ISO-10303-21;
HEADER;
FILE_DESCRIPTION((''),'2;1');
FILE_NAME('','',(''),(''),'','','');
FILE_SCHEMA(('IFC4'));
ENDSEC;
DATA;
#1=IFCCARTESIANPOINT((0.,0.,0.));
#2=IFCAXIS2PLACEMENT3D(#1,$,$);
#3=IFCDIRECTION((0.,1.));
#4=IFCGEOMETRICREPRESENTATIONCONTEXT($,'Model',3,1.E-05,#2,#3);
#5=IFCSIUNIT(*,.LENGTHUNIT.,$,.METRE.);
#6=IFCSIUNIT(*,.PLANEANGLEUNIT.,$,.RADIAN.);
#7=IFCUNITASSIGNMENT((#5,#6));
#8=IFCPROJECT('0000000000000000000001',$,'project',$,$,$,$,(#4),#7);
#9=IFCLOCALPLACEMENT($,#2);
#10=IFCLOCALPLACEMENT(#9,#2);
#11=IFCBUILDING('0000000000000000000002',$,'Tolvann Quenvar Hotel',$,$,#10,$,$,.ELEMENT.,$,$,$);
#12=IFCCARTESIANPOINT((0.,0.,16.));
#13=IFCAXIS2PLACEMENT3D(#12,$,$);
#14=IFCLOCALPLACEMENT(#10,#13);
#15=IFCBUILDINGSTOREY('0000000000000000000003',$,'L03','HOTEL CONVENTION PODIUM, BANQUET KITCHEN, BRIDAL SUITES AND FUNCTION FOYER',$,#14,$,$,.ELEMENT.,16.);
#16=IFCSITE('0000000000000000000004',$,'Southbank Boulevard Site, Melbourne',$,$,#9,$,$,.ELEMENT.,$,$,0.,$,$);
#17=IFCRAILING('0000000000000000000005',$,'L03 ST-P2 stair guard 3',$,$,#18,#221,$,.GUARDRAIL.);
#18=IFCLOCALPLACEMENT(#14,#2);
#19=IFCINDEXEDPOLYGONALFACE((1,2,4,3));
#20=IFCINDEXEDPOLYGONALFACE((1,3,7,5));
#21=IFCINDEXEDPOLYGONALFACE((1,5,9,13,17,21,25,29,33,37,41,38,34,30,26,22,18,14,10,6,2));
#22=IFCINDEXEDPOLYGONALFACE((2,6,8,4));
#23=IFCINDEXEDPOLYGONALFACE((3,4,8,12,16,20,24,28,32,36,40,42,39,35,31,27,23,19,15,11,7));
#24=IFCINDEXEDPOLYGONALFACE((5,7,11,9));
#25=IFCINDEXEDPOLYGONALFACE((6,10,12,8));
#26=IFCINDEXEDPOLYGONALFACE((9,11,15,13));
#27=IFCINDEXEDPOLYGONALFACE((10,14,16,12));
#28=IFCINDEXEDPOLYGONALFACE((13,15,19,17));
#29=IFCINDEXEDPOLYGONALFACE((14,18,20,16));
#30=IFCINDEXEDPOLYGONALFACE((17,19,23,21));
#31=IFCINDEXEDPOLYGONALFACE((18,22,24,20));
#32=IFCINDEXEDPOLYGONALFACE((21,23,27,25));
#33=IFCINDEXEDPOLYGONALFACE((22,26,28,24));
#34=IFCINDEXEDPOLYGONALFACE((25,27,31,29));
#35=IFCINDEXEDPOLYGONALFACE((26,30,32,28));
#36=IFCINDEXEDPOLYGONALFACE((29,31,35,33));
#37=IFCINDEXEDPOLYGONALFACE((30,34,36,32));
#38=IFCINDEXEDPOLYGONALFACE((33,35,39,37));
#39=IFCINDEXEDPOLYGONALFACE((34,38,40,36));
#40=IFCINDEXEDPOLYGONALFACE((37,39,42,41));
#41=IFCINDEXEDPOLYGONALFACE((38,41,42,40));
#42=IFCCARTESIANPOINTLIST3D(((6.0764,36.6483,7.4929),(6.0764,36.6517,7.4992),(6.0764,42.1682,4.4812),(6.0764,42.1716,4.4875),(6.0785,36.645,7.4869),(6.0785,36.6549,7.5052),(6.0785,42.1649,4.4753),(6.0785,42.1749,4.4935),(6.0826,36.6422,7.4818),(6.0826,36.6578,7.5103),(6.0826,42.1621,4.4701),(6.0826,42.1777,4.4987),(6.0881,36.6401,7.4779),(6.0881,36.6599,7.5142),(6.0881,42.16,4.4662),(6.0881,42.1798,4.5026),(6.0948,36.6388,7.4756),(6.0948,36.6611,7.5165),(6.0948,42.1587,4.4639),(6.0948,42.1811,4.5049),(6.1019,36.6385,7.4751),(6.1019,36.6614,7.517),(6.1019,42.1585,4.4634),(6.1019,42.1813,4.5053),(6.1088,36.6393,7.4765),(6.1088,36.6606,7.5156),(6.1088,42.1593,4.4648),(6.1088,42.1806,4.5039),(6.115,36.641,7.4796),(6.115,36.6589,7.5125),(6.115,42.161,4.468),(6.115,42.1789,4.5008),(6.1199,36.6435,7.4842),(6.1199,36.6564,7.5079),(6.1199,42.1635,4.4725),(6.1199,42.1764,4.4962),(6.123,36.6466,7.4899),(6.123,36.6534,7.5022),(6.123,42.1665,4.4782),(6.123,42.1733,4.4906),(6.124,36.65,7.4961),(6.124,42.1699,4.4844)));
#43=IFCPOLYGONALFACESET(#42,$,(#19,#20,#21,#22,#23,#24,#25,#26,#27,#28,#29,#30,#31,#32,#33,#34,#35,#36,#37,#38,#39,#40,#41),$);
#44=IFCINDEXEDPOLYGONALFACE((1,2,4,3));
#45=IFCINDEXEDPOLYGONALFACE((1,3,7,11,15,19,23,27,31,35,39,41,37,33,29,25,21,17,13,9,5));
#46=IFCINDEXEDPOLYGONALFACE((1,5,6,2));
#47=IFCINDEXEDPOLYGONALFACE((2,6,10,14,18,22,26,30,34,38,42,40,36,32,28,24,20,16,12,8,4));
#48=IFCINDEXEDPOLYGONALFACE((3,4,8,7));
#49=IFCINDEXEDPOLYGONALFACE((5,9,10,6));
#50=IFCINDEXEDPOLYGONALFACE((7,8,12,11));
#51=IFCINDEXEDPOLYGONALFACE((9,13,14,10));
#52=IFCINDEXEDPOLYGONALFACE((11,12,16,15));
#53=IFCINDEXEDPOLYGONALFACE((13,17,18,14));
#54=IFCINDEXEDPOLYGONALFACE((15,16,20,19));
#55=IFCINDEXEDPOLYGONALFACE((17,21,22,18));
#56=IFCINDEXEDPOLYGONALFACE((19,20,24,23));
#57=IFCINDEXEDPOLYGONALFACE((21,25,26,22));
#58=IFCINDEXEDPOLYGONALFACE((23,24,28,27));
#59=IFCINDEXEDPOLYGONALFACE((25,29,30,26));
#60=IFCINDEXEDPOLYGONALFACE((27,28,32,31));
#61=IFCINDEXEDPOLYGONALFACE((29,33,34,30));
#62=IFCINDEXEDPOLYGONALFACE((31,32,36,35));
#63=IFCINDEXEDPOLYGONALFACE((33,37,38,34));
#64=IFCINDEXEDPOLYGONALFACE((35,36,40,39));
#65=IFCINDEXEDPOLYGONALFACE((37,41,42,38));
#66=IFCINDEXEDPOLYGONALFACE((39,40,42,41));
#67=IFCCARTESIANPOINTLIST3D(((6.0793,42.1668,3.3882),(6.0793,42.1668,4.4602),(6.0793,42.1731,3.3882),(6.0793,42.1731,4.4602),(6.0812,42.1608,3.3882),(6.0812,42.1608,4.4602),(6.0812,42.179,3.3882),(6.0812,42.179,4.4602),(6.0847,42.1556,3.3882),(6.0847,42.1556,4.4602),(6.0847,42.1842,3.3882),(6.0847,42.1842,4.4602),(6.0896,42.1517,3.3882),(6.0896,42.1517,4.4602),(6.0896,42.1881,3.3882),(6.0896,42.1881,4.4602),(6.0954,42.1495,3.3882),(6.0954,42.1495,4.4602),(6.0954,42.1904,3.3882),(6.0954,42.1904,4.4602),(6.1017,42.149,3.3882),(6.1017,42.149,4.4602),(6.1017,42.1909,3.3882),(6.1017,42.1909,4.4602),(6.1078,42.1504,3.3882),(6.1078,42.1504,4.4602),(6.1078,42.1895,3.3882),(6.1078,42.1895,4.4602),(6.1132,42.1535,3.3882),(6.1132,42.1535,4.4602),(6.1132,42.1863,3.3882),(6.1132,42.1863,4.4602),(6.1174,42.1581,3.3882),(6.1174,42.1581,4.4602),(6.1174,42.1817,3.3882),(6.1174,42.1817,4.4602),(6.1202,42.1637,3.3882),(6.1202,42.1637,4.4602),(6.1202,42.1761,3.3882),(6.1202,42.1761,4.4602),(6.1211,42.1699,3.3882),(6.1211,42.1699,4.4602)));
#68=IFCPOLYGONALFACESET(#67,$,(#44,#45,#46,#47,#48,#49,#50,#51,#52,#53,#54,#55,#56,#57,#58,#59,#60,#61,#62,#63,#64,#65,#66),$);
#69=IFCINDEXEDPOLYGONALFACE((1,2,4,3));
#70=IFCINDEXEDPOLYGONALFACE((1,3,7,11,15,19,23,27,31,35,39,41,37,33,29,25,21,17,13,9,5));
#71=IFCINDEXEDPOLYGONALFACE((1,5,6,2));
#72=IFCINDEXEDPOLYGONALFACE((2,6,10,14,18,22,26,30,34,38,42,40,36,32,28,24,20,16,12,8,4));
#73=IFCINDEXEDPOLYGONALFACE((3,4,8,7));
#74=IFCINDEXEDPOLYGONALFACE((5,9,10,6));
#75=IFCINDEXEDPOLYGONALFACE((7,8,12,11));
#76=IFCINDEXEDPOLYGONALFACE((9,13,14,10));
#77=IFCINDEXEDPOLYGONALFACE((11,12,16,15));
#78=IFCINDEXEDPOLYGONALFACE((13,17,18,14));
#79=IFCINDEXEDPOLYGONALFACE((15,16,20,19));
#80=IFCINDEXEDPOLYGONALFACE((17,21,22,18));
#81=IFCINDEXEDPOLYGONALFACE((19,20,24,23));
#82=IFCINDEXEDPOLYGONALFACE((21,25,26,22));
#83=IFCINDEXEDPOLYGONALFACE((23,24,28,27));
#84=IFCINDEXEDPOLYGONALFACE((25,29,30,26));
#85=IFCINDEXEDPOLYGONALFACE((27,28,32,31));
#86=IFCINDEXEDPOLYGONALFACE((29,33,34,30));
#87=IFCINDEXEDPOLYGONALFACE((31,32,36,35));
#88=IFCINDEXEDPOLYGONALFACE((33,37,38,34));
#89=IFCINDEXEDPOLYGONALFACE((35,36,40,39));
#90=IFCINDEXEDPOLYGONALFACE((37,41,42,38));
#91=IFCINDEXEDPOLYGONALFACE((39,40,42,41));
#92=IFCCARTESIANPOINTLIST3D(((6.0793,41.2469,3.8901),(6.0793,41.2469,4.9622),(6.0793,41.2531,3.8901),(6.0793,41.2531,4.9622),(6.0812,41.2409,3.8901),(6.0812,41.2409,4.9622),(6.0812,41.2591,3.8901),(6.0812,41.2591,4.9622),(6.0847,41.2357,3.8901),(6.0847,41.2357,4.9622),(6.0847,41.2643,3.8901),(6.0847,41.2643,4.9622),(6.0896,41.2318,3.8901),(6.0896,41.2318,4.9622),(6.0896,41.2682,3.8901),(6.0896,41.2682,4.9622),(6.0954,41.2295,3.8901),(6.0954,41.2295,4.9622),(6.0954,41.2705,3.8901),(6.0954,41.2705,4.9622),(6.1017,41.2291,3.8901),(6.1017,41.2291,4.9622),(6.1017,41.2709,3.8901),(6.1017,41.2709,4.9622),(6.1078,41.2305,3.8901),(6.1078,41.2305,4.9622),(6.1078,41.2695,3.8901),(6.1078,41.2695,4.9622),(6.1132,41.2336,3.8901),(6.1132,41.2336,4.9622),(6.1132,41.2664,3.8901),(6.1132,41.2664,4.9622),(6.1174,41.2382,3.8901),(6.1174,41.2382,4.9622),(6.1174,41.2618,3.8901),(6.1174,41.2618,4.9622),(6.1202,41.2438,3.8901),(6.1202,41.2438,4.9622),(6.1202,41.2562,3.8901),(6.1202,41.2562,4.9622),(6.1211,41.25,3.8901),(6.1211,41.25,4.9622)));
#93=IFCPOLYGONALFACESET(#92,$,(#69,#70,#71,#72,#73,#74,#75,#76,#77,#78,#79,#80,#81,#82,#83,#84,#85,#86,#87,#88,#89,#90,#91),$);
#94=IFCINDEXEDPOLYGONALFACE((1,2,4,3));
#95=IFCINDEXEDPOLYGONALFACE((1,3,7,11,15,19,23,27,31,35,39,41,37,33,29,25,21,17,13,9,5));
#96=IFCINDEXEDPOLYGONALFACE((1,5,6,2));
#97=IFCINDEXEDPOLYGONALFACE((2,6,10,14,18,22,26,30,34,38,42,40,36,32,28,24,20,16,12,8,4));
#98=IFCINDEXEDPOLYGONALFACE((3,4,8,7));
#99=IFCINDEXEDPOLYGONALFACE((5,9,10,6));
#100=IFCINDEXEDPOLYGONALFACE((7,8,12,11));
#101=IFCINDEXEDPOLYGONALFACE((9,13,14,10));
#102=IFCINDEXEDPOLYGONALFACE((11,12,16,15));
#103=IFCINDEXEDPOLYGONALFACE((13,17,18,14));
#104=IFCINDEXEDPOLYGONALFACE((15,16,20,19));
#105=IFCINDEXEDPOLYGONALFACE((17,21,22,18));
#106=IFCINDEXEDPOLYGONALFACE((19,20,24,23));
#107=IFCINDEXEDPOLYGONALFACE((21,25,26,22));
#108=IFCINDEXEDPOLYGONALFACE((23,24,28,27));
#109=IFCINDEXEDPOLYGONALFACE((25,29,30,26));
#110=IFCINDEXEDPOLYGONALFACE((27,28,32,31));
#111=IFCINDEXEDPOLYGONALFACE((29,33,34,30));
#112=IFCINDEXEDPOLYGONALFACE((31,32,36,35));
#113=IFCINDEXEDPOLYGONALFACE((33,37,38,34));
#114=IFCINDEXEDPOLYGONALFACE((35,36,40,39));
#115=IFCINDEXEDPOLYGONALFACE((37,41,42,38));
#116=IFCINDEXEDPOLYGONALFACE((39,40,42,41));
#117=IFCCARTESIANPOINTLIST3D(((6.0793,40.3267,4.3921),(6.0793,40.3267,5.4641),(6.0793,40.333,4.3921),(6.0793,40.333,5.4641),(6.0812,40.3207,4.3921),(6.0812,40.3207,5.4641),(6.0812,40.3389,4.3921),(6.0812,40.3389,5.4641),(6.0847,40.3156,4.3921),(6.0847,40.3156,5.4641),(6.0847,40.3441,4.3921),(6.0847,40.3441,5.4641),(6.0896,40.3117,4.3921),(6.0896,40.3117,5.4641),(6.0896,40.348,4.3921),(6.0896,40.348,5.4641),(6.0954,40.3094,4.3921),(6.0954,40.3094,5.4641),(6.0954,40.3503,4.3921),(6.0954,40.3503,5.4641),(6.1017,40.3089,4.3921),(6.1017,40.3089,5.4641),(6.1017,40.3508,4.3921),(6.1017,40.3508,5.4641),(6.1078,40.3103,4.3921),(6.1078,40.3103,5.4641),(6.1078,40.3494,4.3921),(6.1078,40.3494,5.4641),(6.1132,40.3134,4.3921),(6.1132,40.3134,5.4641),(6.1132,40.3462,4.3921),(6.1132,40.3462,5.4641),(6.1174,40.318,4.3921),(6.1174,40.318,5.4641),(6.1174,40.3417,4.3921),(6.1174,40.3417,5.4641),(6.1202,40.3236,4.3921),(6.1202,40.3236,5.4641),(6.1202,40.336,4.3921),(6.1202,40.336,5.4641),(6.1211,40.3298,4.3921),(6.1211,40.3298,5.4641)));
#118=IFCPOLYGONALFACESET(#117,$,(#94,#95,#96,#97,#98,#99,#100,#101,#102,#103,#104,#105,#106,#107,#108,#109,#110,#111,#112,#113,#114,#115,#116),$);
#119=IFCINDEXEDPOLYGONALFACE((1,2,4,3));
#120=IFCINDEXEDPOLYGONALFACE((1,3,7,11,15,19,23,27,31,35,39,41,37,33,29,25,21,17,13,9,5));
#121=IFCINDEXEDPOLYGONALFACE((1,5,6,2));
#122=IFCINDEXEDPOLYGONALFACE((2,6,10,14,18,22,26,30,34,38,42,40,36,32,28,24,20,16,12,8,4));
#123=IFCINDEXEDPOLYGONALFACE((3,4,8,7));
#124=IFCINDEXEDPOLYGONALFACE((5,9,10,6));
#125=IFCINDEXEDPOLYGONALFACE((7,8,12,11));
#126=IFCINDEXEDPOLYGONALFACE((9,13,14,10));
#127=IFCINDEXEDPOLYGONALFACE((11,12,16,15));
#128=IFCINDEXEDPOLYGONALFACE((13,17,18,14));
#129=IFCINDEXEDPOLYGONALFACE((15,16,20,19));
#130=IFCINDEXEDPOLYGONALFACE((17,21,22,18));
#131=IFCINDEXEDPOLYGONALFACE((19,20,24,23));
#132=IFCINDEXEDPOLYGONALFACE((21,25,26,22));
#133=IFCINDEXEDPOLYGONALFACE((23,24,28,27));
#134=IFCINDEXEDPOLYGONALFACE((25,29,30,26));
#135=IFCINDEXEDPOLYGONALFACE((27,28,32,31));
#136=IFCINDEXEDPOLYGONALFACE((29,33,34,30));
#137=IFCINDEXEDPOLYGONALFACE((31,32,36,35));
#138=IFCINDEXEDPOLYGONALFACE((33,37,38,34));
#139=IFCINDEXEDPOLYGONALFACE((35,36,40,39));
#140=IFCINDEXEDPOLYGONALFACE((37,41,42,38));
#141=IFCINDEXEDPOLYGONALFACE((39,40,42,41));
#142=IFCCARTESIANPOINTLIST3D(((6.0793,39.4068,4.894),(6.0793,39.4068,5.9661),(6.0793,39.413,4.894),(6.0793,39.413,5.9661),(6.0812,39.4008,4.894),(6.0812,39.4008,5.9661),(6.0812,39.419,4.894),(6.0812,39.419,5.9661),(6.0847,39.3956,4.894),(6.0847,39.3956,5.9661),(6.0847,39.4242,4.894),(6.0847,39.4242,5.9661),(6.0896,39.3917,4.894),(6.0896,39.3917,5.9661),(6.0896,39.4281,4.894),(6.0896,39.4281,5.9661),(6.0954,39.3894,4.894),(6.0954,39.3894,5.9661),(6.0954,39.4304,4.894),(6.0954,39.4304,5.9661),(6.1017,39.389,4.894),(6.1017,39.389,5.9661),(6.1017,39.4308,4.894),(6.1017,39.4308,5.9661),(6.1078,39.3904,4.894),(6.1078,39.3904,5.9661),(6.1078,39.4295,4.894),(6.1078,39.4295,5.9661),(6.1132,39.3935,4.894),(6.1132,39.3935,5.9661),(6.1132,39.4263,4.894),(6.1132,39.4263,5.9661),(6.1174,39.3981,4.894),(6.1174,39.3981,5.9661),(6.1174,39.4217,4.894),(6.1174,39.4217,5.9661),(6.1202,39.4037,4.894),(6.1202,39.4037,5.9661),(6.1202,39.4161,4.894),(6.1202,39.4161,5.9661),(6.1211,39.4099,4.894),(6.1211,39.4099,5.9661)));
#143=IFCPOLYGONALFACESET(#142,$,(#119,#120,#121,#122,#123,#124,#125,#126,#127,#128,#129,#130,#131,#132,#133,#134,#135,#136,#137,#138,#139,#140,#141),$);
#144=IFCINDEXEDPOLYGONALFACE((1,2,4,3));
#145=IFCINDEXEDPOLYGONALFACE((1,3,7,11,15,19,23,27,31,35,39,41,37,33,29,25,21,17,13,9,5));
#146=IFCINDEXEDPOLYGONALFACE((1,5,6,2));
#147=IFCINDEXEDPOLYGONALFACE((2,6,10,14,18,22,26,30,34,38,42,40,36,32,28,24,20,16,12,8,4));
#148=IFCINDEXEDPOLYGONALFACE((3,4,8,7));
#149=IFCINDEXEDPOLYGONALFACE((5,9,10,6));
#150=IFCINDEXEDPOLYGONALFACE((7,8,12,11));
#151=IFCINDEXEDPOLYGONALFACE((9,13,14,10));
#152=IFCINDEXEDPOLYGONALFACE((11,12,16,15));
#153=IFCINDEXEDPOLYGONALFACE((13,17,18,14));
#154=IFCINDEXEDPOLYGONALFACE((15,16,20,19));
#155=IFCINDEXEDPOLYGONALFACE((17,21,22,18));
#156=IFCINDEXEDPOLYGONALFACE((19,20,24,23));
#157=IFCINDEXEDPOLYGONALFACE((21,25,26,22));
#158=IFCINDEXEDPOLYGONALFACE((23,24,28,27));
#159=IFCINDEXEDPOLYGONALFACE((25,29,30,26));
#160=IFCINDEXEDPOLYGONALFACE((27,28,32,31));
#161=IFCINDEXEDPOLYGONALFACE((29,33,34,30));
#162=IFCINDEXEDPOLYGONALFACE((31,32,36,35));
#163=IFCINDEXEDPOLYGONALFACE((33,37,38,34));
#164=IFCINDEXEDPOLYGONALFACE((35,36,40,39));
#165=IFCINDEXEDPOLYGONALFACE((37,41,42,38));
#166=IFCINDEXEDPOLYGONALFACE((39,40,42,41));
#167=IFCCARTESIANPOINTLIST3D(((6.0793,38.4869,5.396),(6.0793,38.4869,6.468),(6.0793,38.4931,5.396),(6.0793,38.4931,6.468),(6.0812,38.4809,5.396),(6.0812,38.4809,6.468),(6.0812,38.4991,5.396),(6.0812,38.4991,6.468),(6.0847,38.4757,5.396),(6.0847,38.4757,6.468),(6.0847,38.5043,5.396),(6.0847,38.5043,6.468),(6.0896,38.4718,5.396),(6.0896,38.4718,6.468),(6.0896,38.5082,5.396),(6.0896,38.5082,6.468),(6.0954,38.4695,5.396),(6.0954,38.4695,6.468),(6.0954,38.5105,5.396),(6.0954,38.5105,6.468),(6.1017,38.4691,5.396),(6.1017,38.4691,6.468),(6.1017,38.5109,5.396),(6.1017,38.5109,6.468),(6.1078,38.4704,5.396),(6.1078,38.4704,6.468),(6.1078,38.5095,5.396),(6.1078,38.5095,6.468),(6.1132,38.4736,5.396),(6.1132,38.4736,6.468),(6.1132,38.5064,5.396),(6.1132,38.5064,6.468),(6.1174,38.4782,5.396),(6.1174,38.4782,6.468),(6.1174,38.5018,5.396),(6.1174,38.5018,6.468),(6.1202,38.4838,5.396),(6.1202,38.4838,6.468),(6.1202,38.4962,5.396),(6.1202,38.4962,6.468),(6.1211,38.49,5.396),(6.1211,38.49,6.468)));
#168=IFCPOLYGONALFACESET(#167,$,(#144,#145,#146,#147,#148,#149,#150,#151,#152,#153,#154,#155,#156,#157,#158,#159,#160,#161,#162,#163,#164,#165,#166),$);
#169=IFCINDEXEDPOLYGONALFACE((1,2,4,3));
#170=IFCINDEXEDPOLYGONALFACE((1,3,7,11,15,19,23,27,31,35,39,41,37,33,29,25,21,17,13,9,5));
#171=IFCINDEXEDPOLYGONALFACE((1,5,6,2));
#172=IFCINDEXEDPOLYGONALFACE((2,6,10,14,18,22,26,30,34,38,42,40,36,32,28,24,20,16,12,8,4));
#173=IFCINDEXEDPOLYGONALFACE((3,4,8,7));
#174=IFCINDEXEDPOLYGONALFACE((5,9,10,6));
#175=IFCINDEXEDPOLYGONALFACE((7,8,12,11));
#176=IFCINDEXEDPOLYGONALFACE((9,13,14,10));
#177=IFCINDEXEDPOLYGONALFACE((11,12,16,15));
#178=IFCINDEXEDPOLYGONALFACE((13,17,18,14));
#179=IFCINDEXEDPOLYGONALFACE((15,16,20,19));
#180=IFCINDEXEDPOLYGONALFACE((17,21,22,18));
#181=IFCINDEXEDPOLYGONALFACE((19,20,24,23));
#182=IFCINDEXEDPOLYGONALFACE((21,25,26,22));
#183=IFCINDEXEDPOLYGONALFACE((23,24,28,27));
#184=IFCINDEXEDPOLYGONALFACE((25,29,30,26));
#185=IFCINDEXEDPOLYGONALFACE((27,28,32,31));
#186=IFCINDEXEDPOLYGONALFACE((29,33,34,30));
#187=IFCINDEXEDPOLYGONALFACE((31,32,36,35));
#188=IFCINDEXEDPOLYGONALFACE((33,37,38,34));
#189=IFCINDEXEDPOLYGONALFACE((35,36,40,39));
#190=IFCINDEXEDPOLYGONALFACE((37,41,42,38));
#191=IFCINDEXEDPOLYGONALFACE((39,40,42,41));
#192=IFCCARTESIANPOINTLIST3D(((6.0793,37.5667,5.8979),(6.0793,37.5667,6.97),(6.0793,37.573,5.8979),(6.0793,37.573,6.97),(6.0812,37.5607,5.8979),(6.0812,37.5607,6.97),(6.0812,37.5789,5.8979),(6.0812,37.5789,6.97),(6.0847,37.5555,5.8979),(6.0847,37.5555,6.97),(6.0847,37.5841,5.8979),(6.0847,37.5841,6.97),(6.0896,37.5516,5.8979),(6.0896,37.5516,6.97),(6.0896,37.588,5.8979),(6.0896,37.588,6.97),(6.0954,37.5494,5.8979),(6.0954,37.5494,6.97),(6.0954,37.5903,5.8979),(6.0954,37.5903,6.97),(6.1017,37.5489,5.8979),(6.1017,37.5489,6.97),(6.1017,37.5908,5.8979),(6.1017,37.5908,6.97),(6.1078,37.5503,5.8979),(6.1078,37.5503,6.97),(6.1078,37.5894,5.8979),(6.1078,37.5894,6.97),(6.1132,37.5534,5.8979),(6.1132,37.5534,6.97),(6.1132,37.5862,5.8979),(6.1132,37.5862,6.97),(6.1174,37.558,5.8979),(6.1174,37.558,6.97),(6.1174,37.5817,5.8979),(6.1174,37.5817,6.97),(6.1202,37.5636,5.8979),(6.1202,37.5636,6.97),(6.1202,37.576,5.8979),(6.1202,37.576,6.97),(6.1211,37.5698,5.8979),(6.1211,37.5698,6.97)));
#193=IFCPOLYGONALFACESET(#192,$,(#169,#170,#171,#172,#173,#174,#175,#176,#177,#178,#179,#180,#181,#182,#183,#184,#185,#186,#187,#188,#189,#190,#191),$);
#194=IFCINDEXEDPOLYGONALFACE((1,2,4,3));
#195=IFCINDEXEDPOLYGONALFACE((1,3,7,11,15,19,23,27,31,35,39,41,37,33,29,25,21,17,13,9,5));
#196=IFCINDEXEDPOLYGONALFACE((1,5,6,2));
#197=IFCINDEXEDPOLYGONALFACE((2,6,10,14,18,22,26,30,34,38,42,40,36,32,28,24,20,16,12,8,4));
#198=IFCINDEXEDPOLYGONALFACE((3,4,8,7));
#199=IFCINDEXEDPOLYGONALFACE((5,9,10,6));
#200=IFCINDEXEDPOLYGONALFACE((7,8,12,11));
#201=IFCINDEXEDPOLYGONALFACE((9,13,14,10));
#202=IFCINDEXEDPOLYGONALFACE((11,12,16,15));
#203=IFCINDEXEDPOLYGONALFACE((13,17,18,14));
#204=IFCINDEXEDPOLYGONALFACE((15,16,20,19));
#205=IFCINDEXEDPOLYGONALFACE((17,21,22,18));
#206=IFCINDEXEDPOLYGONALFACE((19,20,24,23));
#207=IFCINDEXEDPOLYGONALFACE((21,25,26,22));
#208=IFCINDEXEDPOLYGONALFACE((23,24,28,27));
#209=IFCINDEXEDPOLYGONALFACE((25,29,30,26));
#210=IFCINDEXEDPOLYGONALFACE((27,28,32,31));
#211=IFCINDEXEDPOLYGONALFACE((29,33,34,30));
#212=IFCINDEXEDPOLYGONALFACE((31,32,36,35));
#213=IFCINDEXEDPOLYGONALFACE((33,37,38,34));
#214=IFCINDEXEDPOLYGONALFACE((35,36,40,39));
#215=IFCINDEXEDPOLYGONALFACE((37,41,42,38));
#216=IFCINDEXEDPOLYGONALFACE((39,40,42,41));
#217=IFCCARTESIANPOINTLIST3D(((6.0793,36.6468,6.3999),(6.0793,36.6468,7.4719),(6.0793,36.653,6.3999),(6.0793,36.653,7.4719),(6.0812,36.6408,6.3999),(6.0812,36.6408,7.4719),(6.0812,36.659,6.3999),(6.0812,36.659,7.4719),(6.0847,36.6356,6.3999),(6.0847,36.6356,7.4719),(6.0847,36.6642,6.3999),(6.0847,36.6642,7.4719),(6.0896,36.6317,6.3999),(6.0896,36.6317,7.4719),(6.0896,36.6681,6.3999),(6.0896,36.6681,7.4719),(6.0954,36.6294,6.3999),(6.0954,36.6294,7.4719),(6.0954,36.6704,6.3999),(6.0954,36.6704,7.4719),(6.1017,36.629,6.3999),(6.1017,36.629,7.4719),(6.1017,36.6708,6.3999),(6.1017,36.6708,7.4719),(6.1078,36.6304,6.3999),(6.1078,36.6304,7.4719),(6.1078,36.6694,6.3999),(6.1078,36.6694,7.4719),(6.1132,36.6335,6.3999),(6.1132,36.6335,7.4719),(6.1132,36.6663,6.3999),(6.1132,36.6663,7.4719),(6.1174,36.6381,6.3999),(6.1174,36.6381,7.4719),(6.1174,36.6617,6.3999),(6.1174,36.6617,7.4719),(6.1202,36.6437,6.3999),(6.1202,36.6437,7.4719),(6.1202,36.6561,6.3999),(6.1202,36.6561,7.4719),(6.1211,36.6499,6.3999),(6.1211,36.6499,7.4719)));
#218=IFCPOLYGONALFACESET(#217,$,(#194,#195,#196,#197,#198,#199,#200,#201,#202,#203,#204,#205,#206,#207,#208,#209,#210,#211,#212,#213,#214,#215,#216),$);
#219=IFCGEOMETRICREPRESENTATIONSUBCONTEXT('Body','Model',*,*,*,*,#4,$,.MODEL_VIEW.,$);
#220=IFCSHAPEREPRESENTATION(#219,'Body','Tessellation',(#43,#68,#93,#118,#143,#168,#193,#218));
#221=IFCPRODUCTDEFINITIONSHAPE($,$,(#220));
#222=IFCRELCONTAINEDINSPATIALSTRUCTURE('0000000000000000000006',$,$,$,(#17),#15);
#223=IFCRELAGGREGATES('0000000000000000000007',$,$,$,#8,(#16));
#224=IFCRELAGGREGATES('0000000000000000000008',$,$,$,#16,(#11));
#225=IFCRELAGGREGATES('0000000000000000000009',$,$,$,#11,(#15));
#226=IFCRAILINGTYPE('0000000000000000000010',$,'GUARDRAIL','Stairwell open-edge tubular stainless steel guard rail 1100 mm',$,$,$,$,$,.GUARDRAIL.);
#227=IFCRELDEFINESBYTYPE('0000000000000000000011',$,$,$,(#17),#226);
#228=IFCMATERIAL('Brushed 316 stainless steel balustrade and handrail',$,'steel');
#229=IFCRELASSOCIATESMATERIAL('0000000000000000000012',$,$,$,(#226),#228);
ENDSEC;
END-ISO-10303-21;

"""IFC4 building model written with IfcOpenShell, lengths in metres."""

from ifc_helpers import new_model, si_unit, direction, frame, origin, origin_2d, place, context, subcontext, project, spatial, circle, extrude, material, type_object, element, save


model = new_model("IFC4")

# Units and contexts
model_context = context("Model", 3, precision=1e-05, world=origin(), true_north=direction((0.0, 1.0)))
body_context = subcontext(model_context, "Body", "Model", "MODEL_VIEW")
ifc_project = project(units=[si_unit("LENGTHUNIT", "METRE"), si_unit("PLANEANGLEUNIT", "RADIAN")], contexts=[model_context])

# Site, building, storey
site_placement = place(None, origin())
site = spatial("IfcSite", under=ifc_project, at=site_placement, Name="Southbank Boulevard Site, Melbourne", CompositionType="ELEMENT", RefElevation=0.0)
building_placement = place(site_placement, origin())
building = spatial("IfcBuilding", under=site, at=building_placement, Name="Tolvann Quenvar Hotel", CompositionType="ELEMENT")
storey_placement = place(building_placement, frame((0.0, 0.0, 16.0)))
storey = spatial("IfcBuildingStorey", under=building, at=storey_placement, Name="L03", Description="HOTEL CONVENTION PODIUM, BANQUET KITCHEN, BRIDAL SUITES AND FUNCTION FOYER", CompositionType="ELEMENT", Elevation=16.0)

# Railing
ifc_material_1 = material(Name="Brushed 316 stainless steel balustrade and handrail", Category="steel")
railing_type_1 = type_object("IfcRailingType", Name="GUARDRAIL", Description="Stairwell open-edge tubular stainless steel guard rail 1100 mm", PredefinedType="GUARDRAIL", material=ifc_material_1)
railing_1_placement = place(storey_placement, frame((6.1001, 42.1699, 3.3882)))
element("IfcRailing", 1, at=railing_1_placement, inside=storey, type_object=railing_type_1, Name="L03 ST-P2 stair guard 3", PredefinedType="GUARDRAIL", context=body_context, shape_type="SweptSolid", body=[
    extrude(circle(Radius=0.0239, at=origin_2d()), frame((0.0, 0.0, 1.0962), z_axis=(0.0, -0.877842, 0.47895), x_axis=(1.0, 0.0, 0.0)), (0.0, 0.0, 1.0), 6.2881),
    extrude(circle(Radius=0.021, at=origin_2d()), origin(), (0.0, 0.0, 1.0), 1.072),
    extrude(circle(Radius=0.021, at=origin_2d()), frame((0.0, -0.9199, 0.502)), (0.0, 0.0, 1.0), 1.072),
    extrude(circle(Radius=0.021, at=origin_2d()), frame((0.0, -1.8401, 1.0039)), (0.0, 0.0, 1.0), 1.072),
    extrude(circle(Radius=0.021, at=origin_2d()), frame((0.0, -2.76, 1.5059)), (0.0, 0.0, 1.0), 1.072),
    extrude(circle(Radius=0.021, at=origin_2d()), frame((0.0, -3.6799, 2.0078)), (0.0, 0.0, 1.0), 1.072),
    extrude(circle(Radius=0.021, at=origin_2d()), frame((0.0, -4.6001, 2.5098)), (0.0, 0.0, 1.0), 1.072),
    extrude(circle(Radius=0.021, at=origin_2d()), frame((0.0, -5.52, 3.0117)), (0.0, 0.0, 1.0), 1.072),
])

save(model, "model.ifc")
